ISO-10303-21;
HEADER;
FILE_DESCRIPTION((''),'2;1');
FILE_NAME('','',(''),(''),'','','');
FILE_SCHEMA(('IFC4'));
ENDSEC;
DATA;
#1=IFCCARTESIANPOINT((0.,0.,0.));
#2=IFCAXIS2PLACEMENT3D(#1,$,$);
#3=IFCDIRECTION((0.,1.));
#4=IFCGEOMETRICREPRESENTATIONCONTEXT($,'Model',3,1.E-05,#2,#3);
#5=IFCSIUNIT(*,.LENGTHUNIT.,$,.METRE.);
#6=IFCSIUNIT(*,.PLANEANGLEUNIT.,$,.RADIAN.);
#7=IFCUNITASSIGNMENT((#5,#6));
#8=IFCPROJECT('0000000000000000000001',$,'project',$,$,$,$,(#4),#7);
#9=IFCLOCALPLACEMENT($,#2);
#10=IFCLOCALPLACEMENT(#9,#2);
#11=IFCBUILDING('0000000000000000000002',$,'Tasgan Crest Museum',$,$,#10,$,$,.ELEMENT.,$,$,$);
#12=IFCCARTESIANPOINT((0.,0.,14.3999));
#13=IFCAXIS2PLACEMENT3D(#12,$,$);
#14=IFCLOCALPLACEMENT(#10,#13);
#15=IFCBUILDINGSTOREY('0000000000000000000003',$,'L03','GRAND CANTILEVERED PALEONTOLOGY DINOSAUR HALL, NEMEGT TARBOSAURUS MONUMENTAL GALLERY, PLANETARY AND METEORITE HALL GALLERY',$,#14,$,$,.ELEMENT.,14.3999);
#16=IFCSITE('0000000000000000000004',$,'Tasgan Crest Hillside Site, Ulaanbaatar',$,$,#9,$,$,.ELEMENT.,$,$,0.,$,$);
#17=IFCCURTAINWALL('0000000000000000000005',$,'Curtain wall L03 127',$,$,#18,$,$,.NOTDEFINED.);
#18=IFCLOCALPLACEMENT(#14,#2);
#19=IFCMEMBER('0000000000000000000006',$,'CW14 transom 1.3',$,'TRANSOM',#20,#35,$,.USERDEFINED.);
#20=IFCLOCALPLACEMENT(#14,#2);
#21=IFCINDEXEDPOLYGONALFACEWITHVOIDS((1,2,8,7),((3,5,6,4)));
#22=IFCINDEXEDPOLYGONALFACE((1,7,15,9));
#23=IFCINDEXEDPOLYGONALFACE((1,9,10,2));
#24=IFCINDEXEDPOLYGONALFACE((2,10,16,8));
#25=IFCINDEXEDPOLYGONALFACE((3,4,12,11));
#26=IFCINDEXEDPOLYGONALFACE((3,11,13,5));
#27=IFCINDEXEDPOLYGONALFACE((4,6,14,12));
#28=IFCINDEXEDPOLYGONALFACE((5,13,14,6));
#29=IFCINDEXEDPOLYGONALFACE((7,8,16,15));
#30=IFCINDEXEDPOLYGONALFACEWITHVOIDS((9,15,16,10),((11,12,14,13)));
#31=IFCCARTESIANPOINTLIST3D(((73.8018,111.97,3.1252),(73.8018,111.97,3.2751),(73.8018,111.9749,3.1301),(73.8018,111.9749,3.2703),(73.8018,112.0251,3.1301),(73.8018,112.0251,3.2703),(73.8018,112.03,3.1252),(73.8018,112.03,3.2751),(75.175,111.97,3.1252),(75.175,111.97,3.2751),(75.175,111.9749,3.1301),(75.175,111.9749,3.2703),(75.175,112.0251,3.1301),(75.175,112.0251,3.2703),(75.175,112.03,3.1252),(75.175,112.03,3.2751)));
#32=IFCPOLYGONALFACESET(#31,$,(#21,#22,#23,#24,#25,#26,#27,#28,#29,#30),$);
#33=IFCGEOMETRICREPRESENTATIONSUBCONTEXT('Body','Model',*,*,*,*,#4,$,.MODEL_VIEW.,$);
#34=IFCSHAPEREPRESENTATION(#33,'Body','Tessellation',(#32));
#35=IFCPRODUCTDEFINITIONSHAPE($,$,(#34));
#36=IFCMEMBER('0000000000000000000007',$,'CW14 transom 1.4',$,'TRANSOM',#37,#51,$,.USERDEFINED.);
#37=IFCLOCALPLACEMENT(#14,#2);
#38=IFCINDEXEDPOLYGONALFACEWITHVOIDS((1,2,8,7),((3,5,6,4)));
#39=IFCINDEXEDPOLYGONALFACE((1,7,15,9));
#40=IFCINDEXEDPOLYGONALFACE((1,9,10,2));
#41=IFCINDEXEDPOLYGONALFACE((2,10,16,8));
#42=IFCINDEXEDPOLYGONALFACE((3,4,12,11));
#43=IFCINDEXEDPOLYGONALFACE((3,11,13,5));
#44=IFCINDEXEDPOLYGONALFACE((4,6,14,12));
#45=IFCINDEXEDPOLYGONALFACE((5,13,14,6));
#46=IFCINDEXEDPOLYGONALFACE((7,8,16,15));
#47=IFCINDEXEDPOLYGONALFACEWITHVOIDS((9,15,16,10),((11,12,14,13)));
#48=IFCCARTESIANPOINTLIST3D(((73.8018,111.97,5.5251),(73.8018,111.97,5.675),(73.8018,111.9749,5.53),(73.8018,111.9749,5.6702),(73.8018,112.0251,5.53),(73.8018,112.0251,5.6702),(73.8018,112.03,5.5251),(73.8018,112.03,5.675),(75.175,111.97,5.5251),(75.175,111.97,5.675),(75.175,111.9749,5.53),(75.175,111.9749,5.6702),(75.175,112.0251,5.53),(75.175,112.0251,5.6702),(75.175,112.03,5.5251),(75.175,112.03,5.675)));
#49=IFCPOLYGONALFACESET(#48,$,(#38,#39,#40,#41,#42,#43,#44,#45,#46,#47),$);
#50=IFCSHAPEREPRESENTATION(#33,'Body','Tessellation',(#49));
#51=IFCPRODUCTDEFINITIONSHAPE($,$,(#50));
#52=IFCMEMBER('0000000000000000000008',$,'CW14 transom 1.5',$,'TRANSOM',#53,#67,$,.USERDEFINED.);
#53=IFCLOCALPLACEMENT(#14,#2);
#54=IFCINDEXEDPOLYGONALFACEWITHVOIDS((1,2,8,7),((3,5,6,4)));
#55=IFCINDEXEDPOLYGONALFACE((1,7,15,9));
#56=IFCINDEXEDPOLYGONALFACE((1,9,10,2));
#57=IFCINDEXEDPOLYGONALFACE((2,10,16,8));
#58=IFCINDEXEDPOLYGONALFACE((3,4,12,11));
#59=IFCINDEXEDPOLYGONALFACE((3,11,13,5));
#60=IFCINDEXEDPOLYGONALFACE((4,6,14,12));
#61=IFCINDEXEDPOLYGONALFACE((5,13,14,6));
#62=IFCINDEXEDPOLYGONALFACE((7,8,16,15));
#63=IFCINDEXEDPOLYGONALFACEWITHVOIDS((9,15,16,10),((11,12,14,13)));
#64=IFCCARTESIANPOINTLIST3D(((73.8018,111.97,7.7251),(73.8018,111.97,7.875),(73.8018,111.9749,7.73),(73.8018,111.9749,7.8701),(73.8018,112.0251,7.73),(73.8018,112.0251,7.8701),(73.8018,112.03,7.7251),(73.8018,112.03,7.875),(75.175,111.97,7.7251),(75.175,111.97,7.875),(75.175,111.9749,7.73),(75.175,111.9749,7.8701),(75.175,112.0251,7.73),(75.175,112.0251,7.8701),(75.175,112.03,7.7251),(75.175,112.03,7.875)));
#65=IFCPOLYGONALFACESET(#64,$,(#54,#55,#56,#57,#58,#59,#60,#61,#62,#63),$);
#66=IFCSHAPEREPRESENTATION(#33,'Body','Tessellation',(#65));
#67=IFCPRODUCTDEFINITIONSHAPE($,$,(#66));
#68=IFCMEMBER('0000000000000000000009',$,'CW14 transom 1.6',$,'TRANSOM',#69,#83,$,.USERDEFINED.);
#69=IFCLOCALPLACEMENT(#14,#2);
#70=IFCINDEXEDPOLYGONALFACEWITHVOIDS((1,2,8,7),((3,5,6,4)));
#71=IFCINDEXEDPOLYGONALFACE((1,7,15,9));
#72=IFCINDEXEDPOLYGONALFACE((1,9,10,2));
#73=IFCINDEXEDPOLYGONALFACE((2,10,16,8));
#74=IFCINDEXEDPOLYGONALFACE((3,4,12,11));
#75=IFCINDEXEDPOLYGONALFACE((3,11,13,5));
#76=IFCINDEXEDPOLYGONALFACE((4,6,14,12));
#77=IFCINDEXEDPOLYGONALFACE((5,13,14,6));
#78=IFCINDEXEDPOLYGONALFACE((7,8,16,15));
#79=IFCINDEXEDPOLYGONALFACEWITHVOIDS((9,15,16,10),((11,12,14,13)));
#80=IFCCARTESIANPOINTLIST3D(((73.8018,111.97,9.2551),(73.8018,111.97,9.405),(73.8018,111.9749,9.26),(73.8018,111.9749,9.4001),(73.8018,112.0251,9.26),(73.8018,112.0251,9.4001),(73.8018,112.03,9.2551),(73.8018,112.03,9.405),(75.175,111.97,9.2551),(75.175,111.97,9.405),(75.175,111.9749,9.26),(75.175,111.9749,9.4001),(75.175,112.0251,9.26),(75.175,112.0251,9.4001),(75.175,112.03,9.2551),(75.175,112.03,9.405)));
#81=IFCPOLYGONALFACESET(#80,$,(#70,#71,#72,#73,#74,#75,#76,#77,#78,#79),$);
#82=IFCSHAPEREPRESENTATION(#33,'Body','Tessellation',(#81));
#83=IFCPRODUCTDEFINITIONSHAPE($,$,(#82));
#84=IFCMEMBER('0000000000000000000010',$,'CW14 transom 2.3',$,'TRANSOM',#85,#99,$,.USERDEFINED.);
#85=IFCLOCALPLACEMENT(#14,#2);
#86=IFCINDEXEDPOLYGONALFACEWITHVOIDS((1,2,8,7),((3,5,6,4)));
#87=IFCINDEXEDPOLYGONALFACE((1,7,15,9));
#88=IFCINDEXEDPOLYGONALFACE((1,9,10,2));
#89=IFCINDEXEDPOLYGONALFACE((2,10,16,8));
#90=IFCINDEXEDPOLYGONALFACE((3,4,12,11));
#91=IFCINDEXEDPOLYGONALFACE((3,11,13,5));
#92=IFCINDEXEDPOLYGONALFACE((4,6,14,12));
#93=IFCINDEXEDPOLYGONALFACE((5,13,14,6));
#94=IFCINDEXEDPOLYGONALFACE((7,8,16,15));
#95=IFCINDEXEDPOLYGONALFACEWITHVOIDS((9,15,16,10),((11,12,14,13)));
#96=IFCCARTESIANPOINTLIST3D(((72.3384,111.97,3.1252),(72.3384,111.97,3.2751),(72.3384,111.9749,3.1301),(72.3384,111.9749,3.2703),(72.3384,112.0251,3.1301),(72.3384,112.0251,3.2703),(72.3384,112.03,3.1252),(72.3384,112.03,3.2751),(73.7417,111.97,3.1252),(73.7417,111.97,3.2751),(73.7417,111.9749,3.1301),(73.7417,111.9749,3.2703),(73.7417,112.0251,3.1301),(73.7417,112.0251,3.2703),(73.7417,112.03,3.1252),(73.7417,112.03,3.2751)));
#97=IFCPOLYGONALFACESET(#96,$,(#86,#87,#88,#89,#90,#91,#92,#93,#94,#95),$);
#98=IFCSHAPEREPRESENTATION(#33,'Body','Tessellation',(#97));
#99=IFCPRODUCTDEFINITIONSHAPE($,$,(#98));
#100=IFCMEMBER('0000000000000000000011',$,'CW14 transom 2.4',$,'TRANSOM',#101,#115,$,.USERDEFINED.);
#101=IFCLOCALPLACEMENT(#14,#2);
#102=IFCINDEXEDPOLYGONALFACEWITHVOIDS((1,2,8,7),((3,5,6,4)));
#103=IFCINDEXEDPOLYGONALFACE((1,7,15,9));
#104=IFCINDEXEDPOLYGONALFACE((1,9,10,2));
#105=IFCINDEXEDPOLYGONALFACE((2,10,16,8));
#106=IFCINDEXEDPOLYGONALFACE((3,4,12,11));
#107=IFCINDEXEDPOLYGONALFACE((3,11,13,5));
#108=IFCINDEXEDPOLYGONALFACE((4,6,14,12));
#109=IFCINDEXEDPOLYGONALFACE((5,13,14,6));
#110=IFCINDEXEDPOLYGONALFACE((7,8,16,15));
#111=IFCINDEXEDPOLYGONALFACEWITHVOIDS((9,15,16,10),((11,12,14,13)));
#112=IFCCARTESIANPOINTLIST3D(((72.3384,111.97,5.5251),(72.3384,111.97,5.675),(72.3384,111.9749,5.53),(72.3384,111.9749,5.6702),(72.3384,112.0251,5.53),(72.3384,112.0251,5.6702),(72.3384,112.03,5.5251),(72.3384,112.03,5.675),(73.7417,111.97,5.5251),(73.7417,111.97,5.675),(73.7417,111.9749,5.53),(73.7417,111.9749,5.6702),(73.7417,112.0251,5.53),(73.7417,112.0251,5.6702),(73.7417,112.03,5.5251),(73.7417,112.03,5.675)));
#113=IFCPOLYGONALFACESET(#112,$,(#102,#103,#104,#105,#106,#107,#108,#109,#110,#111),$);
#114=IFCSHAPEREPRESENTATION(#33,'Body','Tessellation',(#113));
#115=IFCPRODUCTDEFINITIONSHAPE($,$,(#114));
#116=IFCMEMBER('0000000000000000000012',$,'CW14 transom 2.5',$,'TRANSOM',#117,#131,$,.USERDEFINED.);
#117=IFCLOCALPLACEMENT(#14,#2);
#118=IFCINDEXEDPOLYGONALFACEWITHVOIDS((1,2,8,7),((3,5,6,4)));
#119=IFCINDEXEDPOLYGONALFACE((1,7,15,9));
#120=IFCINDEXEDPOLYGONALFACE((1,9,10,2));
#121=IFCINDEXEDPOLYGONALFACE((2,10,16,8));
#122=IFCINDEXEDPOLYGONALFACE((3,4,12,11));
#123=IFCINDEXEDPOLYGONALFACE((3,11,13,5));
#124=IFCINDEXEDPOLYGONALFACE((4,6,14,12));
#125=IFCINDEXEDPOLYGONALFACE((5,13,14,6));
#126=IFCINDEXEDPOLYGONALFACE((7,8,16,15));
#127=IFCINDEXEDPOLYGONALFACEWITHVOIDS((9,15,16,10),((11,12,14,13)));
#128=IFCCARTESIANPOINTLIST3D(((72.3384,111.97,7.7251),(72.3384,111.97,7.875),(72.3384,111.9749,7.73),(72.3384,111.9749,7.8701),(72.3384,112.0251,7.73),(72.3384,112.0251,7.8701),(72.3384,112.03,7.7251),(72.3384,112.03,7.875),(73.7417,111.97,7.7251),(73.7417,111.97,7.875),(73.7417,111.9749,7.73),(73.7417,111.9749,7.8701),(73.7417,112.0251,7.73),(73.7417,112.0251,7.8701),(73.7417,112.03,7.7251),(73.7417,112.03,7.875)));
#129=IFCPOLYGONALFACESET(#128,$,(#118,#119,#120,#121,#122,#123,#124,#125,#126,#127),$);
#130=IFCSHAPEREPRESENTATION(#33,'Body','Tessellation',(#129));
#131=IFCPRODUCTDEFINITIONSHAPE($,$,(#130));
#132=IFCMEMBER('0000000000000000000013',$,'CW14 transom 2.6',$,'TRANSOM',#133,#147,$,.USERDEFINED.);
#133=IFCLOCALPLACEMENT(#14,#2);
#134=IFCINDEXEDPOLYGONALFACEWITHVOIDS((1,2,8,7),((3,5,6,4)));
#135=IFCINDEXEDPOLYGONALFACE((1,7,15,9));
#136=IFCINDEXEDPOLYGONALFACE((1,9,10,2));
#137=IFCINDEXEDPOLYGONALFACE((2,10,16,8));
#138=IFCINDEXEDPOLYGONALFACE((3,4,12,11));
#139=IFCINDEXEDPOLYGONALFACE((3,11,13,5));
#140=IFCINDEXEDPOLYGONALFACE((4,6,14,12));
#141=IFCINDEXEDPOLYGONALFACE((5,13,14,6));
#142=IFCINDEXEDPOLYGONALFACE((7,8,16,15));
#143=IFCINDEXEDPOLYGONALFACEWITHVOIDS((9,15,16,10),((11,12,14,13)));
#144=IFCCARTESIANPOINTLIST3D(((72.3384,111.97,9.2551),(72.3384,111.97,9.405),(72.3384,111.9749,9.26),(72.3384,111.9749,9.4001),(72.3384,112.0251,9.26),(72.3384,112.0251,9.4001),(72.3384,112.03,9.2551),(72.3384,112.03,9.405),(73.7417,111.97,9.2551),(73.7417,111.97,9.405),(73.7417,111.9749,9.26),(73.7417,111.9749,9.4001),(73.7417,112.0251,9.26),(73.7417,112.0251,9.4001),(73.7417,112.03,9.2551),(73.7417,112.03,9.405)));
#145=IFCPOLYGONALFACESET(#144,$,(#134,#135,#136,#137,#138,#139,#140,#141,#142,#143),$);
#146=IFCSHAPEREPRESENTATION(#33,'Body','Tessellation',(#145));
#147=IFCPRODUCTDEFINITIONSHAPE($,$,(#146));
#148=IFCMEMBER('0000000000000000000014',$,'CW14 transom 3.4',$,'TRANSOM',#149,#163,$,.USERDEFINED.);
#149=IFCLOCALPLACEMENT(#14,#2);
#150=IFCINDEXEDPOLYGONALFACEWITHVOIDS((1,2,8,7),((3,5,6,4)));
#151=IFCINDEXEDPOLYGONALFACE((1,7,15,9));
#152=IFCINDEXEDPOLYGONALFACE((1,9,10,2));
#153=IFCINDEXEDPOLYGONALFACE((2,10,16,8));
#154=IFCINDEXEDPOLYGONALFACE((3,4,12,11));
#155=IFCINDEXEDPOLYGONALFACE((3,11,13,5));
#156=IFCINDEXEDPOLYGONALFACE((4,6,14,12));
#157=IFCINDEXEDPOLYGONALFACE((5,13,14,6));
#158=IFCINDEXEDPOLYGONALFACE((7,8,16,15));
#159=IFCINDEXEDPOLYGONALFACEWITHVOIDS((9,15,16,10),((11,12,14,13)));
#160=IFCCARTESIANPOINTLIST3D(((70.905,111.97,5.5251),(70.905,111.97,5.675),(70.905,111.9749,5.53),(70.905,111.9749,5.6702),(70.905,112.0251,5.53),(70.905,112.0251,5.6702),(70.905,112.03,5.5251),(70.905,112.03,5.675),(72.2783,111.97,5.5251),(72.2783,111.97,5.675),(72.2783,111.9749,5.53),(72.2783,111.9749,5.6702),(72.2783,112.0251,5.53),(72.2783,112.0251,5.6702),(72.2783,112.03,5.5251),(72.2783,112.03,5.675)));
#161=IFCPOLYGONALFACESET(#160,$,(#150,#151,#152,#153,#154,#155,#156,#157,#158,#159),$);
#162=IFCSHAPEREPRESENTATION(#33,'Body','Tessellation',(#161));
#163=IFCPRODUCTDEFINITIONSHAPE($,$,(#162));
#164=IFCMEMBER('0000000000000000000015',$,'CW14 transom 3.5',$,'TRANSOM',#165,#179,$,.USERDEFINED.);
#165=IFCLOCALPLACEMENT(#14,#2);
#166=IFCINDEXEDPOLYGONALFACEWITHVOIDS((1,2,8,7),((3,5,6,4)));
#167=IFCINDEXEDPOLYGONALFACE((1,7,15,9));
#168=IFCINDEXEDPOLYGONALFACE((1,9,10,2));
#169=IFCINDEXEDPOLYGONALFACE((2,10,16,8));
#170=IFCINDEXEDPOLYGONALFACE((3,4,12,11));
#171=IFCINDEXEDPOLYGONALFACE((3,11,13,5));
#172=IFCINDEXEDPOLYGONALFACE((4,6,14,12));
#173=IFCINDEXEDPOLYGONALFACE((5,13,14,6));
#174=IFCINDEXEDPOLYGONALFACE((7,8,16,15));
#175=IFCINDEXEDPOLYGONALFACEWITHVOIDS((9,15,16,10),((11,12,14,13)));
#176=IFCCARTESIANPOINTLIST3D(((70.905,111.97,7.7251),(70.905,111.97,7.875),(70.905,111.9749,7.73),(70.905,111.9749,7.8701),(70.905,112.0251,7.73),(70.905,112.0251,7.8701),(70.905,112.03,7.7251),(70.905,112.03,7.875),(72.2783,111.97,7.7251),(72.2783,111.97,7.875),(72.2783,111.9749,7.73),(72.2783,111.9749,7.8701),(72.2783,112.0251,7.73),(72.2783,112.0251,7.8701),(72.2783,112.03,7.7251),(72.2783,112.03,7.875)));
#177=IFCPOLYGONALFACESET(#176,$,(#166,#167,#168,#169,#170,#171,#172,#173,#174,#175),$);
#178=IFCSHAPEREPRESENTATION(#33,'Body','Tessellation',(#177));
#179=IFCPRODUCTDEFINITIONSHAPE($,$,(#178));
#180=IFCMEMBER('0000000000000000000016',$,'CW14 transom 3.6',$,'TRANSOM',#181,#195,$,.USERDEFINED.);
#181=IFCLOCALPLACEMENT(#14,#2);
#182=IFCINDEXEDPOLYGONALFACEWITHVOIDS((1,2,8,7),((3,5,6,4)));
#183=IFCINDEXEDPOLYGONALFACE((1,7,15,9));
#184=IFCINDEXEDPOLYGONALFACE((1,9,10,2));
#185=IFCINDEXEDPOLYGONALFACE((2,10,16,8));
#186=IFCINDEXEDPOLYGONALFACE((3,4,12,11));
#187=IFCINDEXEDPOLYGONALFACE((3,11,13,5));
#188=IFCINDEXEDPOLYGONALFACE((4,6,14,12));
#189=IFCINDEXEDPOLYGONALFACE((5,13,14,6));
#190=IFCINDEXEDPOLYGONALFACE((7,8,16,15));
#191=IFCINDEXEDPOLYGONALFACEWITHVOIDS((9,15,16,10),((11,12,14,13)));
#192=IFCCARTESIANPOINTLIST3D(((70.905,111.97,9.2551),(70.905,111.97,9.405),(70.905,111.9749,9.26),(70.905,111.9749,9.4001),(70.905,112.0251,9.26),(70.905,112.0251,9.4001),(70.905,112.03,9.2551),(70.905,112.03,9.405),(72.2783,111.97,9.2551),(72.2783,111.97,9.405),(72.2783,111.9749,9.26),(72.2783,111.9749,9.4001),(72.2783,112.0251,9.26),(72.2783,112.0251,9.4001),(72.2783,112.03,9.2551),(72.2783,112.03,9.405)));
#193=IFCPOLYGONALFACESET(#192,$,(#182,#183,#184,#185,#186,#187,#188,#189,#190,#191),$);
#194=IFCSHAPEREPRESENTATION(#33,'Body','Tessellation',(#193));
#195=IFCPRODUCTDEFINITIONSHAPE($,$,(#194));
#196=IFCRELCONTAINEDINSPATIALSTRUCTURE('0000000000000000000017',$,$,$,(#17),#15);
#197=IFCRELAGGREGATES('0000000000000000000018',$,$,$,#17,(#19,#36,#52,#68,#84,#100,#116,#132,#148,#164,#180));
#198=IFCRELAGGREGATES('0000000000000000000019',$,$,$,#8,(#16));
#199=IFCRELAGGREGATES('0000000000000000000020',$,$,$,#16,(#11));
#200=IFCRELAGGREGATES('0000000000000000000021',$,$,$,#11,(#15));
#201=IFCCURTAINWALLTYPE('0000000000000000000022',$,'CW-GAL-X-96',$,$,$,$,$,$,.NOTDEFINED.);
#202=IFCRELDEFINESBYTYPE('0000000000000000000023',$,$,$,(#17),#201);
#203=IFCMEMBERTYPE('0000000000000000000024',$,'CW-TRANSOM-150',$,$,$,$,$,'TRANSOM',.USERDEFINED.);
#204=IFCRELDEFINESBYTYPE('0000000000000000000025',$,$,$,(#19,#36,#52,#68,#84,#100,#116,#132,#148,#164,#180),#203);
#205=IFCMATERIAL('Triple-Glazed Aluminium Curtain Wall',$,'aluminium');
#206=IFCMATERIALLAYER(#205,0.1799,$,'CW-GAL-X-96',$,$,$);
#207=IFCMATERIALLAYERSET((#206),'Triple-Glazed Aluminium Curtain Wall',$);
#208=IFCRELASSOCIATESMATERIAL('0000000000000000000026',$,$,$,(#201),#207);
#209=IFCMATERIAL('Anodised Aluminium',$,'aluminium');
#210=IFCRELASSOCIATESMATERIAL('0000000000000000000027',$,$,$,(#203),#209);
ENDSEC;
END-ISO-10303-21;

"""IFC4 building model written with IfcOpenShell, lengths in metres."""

from ifc_helpers import new_model, si_unit, direction, frame, origin, origin_2d, place, context, subcontext, project, spatial, hollow_rectangle, extrude, material, layer, layer_set, material_profile, profile_set, type_object, element, aggregate, save


model = new_model("IFC4")

# Units and contexts
model_context = context("Model", 3, precision=1e-05, world=origin(), true_north=direction((0.0, 1.0)))
body_context = subcontext(model_context, "Body", "Model", "MODEL_VIEW")
ifc_project = project(units=[si_unit("LENGTHUNIT", "METRE"), si_unit("PLANEANGLEUNIT", "RADIAN")], contexts=[model_context])

# Site, building, storey
site_placement = place(None, origin())
site = spatial("IfcSite", under=ifc_project, at=site_placement, Name="Tasgan Crest Hillside Site, Ulaanbaatar", CompositionType="ELEMENT", RefElevation=0.0)
building_placement = place(site_placement, origin())
building = spatial("IfcBuilding", under=site, at=building_placement, Name="Tasgan Crest Museum", CompositionType="ELEMENT")
storey_placement = place(building_placement, frame((0.0, 0.0, 14.3999)))
storey = spatial("IfcBuildingStorey", under=building, at=storey_placement, Name="L03", Description="GRAND CANTILEVERED PALEONTOLOGY DINOSAUR HALL, NEMEGT TARBOSAURUS MONUMENTAL GALLERY, PLANETARY AND METEORITE HALL GALLERY", CompositionType="ELEMENT", Elevation=14.3999)

# Curtain wall, members
ifc_material_1 = material(Name="Triple-Glazed Aluminium Curtain Wall", Category="aluminium")
ifc_layer_1 = layer(ifc_material_1, 0.1799, Name="CW-GAL-X-96")
ifc_layer_set_1 = layer_set([ifc_layer_1], Name="Triple-Glazed Aluminium Curtain Wall")
curtain_wall_type = type_object("IfcCurtainWallType", Name="CW-GAL-X-96", PredefinedType="NOTDEFINED", material=ifc_layer_set_1)
curtain_wall_1_placement = place(storey_placement, origin())
curtain_wall_1 = element("IfcCurtainWall", 1, at=curtain_wall_1_placement, inside=storey, type_object=curtain_wall_type, Name="Curtain wall L03 127", PredefinedType="NOTDEFINED")
ifc_material_2 = material(Name="Anodised Aluminium", Category="aluminium")
ifc_material_profile = material_profile(ifc_material_2, hollow_rectangle(XDim=0.0601, YDim=0.1499, WallThickness=0.0049, at=origin_2d()), Name="ALU TRANSOM 150x60x5")
ifc_profile_set = profile_set([ifc_material_profile], Name="Anodised Aluminium")
member_type = type_object("IfcMemberType", Name="CW-TRANSOM-150", ElementType="TRANSOM", PredefinedType="USERDEFINED", material=ifc_profile_set)
member_1_placement = place(storey_placement, frame((75.175, 112.0, 3.2002), z_axis=(-1.0, 0.0, 0.0), x_axis=(0.0, -1.0, 0.0)))
member_1 = element("IfcMember", 2, at=member_1_placement, type_object=member_type, Name="CW14 transom 1.3", ObjectType="TRANSOM", PredefinedType="USERDEFINED", context=body_context, shape_type="SweptSolid", body=[
    extrude(hollow_rectangle(XDim=0.0601, YDim=0.1499, WallThickness=0.0049, at=origin_2d()), origin(), (0.0, 0.0, 1.0), 1.3733),
])
member_2_placement = place(storey_placement, frame((75.175, 112.0, 5.6001), z_axis=(-1.0, 0.0, 0.0), x_axis=(0.0, -1.0, 0.0)))
member_2 = element("IfcMember", 3, at=member_2_placement, type_object=member_type, Name="CW14 transom 1.4", ObjectType="TRANSOM", PredefinedType="USERDEFINED", context=body_context, shape_type="SweptSolid", body=[
    extrude(hollow_rectangle(XDim=0.0601, YDim=0.1499, WallThickness=0.0049, at=origin_2d()), origin(), (0.0, 0.0, 1.0), 1.3733),
])
member_3_placement = place(storey_placement, frame((75.175, 112.0, 7.8), z_axis=(-1.0, 0.0, 0.0), x_axis=(0.0, -1.0, 0.0)))
member_3 = element("IfcMember", 4, at=member_3_placement, type_object=member_type, Name="CW14 transom 1.5", ObjectType="TRANSOM", PredefinedType="USERDEFINED", context=body_context, shape_type="SweptSolid", body=[
    extrude(hollow_rectangle(XDim=0.0601, YDim=0.1499, WallThickness=0.0049, at=origin_2d()), origin(), (0.0, 0.0, 1.0), 1.3733),
])
member_4_placement = place(storey_placement, frame((75.175, 112.0, 9.3301), z_axis=(-1.0, 0.0, 0.0), x_axis=(0.0, -1.0, 0.0)))
member_4 = element("IfcMember", 5, at=member_4_placement, type_object=member_type, Name="CW14 transom 1.6", ObjectType="TRANSOM", PredefinedType="USERDEFINED", context=body_context, shape_type="SweptSolid", body=[
    extrude(hollow_rectangle(XDim=0.0601, YDim=0.1499, WallThickness=0.0049, at=origin_2d()), origin(), (0.0, 0.0, 1.0), 1.3733),
])
member_5_placement = place(storey_placement, frame((73.7417, 112.0, 3.2002), z_axis=(-1.0, 0.0, 0.0), x_axis=(0.0, -1.0, 0.0)))
member_5 = element("IfcMember", 6, at=member_5_placement, type_object=member_type, Name="CW14 transom 2.3", ObjectType="TRANSOM", PredefinedType="USERDEFINED", context=body_context, shape_type="SweptSolid", body=[
    extrude(hollow_rectangle(XDim=0.0601, YDim=0.1499, WallThickness=0.0049, at=origin_2d()), origin(), (0.0, 0.0, 1.0), 1.4033),
])
member_6_placement = place(storey_placement, frame((73.7417, 112.0, 5.6001), z_axis=(-1.0, 0.0, 0.0), x_axis=(0.0, -1.0, 0.0)))
member_6 = element("IfcMember", 7, at=member_6_placement, type_object=member_type, Name="CW14 transom 2.4", ObjectType="TRANSOM", PredefinedType="USERDEFINED", context=body_context, shape_type="SweptSolid", body=[
    extrude(hollow_rectangle(XDim=0.0601, YDim=0.1499, WallThickness=0.0049, at=origin_2d()), origin(), (0.0, 0.0, 1.0), 1.4033),
])
member_7_placement = place(storey_placement, frame((73.7417, 112.0, 7.8), z_axis=(-1.0, 0.0, 0.0), x_axis=(0.0, -1.0, 0.0)))
member_7 = element("IfcMember", 8, at=member_7_placement, type_object=member_type, Name="CW14 transom 2.5", ObjectType="TRANSOM", PredefinedType="USERDEFINED", context=body_context, shape_type="SweptSolid", body=[
    extrude(hollow_rectangle(XDim=0.0601, YDim=0.1499, WallThickness=0.0049, at=origin_2d()), origin(), (0.0, 0.0, 1.0), 1.4033),
])
member_8_placement = place(storey_placement, frame((73.7417, 112.0, 9.3301), z_axis=(-1.0, 0.0, 0.0), x_axis=(0.0, -1.0, 0.0)))
member_8 = element("IfcMember", 9, at=member_8_placement, type_object=member_type, Name="CW14 transom 2.6", ObjectType="TRANSOM", PredefinedType="USERDEFINED", context=body_context, shape_type="SweptSolid", body=[
    extrude(hollow_rectangle(XDim=0.0601, YDim=0.1499, WallThickness=0.0049, at=origin_2d()), origin(), (0.0, 0.0, 1.0), 1.4033),
])
member_9_placement = place(storey_placement, frame((72.2783, 112.0, 5.6001), z_axis=(-1.0, 0.0, 0.0), x_axis=(0.0, -1.0, 0.0)))
member_9 = element("IfcMember", 10, at=member_9_placement, type_object=member_type, Name="CW14 transom 3.4", ObjectType="TRANSOM", PredefinedType="USERDEFINED", context=body_context, shape_type="SweptSolid", body=[
    extrude(hollow_rectangle(XDim=0.0601, YDim=0.1499, WallThickness=0.0049, at=origin_2d()), origin(), (0.0, 0.0, 1.0), 1.3733),
])
member_10_placement = place(storey_placement, frame((72.2783, 112.0, 7.8), z_axis=(-1.0, 0.0, 0.0), x_axis=(0.0, -1.0, 0.0)))
member_10 = element("IfcMember", 11, at=member_10_placement, type_object=member_type, Name="CW14 transom 3.5", ObjectType="TRANSOM", PredefinedType="USERDEFINED", context=body_context, shape_type="SweptSolid", body=[
    extrude(hollow_rectangle(XDim=0.0601, YDim=0.1499, WallThickness=0.0049, at=origin_2d()), origin(), (0.0, 0.0, 1.0), 1.3733),
])
member_11_placement = place(storey_placement, frame((72.2783, 112.0, 9.3301), z_axis=(-1.0, 0.0, 0.0), x_axis=(0.0, -1.0, 0.0)))
member_11 = element("IfcMember", 12, at=member_11_placement, type_object=member_type, Name="CW14 transom 3.6", ObjectType="TRANSOM", PredefinedType="USERDEFINED", context=body_context, shape_type="SweptSolid", body=[
    extrude(hollow_rectangle(XDim=0.0601, YDim=0.1499, WallThickness=0.0049, at=origin_2d()), origin(), (0.0, 0.0, 1.0), 1.3733),
])

aggregate(curtain_wall_1, [member_1, member_2, member_3, member_4, member_5, member_6, member_7, member_8, member_9, member_10, member_11])

save(model, "model.ifc")
